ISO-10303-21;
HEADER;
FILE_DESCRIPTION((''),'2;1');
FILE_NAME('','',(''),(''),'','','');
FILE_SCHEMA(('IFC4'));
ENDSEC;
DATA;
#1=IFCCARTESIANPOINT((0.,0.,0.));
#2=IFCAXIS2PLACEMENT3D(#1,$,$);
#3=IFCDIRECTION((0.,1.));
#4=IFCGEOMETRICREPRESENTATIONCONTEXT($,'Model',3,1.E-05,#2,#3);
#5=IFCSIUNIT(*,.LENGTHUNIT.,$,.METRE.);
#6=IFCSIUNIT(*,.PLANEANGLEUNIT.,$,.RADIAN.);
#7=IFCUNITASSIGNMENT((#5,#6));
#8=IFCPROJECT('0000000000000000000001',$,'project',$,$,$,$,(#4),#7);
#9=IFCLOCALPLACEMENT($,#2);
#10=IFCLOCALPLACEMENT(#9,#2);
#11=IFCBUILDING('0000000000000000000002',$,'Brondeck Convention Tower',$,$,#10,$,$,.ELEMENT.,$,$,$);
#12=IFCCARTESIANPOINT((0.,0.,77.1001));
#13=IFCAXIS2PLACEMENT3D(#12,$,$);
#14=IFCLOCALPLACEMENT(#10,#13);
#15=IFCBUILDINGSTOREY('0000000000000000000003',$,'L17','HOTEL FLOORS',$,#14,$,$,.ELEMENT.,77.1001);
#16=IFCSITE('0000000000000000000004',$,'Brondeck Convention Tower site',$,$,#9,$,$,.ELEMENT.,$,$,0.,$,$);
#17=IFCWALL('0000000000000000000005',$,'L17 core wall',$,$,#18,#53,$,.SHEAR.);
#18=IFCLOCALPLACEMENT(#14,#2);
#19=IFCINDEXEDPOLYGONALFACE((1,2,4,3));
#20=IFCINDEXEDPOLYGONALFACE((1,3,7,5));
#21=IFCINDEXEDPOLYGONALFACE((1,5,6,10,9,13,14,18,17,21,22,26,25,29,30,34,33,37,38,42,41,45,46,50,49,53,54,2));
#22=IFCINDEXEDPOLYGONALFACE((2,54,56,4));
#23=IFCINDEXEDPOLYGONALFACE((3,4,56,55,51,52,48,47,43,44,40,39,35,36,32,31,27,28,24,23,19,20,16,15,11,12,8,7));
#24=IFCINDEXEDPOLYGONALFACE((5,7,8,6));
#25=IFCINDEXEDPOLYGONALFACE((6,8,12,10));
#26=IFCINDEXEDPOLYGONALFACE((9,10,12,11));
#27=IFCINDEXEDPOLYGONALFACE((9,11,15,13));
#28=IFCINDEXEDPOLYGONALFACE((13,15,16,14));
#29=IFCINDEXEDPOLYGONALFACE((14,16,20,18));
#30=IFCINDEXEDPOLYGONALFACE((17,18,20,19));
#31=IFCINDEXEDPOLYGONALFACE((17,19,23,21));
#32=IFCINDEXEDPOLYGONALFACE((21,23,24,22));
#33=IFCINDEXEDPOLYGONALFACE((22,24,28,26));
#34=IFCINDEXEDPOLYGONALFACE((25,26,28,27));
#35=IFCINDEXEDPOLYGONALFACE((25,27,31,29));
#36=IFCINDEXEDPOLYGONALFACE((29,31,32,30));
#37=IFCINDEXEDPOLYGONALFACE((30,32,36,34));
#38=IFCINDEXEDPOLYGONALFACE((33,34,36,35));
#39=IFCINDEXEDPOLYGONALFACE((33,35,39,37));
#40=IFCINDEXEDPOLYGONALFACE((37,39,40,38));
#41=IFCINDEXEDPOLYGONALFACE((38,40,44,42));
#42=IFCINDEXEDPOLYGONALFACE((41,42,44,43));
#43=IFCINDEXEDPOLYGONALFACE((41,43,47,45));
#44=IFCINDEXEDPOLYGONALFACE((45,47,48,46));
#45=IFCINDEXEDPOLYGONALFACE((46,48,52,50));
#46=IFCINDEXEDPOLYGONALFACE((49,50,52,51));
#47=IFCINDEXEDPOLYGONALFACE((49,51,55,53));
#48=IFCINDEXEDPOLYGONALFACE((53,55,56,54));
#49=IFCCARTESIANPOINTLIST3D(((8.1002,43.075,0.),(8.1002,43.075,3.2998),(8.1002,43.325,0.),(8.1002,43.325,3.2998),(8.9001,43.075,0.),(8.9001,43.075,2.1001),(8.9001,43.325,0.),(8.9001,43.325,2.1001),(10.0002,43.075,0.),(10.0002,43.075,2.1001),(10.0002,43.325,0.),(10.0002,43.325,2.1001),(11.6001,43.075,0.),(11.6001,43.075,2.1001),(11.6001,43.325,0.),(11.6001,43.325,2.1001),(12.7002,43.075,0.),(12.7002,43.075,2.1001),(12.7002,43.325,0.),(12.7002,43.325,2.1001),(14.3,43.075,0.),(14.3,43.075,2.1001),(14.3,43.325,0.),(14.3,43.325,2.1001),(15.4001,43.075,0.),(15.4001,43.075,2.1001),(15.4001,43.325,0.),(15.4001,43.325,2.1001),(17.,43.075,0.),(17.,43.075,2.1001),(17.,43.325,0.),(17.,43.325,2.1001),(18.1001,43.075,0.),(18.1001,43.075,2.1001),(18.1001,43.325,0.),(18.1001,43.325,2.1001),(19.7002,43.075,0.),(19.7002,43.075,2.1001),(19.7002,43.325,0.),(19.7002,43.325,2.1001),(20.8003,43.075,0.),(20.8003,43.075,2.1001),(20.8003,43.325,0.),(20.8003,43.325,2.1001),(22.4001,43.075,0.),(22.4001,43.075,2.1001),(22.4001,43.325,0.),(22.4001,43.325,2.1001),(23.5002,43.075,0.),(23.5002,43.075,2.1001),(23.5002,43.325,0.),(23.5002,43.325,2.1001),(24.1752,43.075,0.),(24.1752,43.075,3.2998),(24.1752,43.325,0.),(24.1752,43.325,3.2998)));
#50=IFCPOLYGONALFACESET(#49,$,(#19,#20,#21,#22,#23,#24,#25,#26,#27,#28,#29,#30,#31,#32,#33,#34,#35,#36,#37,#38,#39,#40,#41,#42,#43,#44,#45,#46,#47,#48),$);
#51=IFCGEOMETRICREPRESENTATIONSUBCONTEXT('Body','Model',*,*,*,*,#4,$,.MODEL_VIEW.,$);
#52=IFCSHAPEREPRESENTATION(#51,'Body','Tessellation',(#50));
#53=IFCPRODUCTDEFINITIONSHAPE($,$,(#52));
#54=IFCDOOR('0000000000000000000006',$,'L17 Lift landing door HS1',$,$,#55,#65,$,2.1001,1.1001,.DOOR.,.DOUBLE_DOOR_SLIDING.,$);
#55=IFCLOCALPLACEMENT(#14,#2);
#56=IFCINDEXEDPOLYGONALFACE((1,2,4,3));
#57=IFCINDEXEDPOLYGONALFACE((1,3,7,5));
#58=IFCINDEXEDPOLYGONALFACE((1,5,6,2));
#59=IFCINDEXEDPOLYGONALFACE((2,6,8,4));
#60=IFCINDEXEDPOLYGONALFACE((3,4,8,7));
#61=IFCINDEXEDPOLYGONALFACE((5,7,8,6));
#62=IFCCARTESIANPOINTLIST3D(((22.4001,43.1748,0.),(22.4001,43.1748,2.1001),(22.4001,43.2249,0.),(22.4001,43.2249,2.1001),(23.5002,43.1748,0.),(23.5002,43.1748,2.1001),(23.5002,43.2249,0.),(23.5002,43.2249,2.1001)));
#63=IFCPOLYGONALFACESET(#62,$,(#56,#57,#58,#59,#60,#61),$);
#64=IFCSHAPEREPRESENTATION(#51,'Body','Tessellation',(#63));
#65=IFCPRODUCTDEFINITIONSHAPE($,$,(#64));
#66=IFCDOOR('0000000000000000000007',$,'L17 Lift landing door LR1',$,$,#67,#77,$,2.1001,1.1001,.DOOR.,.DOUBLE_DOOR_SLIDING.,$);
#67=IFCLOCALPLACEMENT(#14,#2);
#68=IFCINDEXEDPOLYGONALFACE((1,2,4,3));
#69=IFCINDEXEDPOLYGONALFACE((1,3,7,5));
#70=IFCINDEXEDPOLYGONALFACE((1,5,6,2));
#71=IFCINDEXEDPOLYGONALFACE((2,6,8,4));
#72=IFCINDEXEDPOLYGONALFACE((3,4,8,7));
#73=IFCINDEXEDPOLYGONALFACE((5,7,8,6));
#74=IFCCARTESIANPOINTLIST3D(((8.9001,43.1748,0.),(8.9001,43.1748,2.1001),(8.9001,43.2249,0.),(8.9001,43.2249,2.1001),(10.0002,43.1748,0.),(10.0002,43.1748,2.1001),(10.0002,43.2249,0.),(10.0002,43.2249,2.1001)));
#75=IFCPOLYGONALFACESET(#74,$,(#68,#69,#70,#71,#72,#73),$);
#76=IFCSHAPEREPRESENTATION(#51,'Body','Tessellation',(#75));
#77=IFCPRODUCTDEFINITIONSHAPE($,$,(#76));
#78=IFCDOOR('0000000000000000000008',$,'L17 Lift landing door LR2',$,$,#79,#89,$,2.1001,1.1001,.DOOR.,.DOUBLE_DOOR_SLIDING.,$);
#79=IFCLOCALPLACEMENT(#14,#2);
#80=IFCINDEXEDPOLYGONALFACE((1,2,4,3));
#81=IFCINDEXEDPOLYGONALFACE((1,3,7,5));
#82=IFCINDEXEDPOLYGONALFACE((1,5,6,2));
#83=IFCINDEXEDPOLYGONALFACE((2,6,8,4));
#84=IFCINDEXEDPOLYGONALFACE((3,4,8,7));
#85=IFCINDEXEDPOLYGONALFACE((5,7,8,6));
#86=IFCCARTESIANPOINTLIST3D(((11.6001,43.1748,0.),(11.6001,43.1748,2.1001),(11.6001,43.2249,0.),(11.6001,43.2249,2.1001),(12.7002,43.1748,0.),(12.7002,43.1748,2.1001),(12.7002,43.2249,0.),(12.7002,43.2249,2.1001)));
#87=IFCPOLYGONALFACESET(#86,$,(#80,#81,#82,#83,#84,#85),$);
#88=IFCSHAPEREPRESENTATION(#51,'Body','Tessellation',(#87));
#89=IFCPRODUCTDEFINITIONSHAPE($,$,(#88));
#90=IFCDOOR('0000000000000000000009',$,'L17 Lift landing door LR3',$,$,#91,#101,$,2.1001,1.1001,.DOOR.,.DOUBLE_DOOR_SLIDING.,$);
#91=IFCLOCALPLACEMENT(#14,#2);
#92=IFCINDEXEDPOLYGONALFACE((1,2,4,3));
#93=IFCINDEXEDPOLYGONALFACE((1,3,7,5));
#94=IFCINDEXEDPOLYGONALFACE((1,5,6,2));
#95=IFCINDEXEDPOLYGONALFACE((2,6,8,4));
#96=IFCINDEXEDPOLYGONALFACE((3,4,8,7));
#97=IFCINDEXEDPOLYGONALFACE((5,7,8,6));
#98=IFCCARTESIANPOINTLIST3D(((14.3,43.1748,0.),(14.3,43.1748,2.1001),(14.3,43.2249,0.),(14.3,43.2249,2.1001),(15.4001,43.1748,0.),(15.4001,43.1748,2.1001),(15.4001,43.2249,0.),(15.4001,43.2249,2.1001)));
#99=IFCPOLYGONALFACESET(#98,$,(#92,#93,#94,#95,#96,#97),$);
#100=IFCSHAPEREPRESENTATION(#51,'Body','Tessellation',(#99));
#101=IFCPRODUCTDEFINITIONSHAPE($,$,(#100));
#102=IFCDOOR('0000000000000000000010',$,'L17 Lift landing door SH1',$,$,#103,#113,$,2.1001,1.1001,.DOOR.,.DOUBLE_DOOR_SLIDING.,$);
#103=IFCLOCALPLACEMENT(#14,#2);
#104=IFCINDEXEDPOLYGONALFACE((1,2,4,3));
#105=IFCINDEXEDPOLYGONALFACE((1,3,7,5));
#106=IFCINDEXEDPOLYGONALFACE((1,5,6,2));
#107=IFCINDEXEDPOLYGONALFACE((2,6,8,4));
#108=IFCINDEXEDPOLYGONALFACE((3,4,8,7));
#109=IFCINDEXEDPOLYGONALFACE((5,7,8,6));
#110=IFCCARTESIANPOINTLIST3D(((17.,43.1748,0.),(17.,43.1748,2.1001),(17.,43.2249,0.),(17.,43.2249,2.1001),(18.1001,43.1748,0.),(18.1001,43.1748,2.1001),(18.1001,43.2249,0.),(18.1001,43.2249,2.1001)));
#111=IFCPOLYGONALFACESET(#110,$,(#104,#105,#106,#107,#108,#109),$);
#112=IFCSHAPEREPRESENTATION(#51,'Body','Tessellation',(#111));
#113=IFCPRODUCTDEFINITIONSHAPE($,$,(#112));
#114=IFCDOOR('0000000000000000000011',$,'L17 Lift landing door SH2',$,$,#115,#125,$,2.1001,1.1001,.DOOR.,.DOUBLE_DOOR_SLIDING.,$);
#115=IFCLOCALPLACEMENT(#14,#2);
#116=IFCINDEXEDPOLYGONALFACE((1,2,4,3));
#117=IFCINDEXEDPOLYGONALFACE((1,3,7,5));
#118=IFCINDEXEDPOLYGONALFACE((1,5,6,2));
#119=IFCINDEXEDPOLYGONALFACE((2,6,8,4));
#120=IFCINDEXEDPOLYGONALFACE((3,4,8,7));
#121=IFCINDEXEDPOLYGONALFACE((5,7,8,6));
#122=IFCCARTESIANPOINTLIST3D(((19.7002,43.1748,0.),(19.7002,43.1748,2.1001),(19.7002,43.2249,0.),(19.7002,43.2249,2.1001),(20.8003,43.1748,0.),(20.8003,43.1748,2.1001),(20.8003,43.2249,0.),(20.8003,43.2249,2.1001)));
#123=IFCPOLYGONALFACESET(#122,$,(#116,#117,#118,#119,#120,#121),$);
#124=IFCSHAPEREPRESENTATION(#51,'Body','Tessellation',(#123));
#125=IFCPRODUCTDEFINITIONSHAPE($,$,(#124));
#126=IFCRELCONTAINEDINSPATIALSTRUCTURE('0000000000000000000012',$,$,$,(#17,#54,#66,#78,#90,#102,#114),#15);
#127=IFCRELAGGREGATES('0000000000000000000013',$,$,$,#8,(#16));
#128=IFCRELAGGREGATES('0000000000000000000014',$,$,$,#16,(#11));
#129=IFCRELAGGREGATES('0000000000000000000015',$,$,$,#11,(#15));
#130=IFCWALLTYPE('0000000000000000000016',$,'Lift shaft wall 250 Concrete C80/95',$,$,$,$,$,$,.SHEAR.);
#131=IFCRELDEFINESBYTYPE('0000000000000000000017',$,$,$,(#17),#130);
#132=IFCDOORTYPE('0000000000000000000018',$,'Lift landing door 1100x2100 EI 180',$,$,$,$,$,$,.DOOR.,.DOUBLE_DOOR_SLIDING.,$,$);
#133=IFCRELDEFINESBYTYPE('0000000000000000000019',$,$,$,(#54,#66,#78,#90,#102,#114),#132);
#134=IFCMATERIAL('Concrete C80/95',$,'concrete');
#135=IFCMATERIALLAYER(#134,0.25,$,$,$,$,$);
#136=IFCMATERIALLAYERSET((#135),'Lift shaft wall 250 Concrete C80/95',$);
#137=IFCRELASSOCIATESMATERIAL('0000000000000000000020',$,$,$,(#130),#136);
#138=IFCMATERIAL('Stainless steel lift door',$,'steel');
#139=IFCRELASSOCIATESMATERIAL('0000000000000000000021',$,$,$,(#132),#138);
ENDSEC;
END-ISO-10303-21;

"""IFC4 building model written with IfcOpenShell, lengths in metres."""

from ifc_helpers import new_model, si_unit, direction, frame, frame_2d, origin, place, context, subcontext, project, spatial, rectangle, extrude, material, layer, layer_set, type_object, element, fill, save


model = new_model("IFC4")

# Units and contexts
model_context = context("Model", 3, precision=1e-05, world=origin(), true_north=direction((0.0, 1.0)))
body_context = subcontext(model_context, "Body", "Model", "MODEL_VIEW")
ifc_project = project(units=[si_unit("LENGTHUNIT", "METRE"), si_unit("PLANEANGLEUNIT", "RADIAN")], contexts=[model_context])

# Site, building, storey
site_placement = place(None, origin())
site = spatial("IfcSite", under=ifc_project, at=site_placement, Name="Brondeck Convention Tower site", CompositionType="ELEMENT", RefElevation=0.0)
building_placement = place(site_placement, origin())
building = spatial("IfcBuilding", under=site, at=building_placement, Name="Brondeck Convention Tower", CompositionType="ELEMENT")
storey_placement = place(building_placement, frame((0.0, 0.0, 77.1001)))
storey = spatial("IfcBuildingStorey", under=building, at=storey_placement, Name="L17", Description="HOTEL FLOORS", CompositionType="ELEMENT", Elevation=77.1001)

# Shared definitions
ifc_material_1 = material(Name="Concrete C80/95", Category="concrete")

# Wall, openings, doors
ifc_layer_1 = layer(ifc_material_1, 0.25)
ifc_layer_set_1 = layer_set([ifc_layer_1], Name="Lift shaft wall 250 Concrete C80/95")
wall_type_1 = type_object("IfcWallType", Name="Lift shaft wall 250 Concrete C80/95", PredefinedType="SHEAR", material=ifc_layer_set_1)
wall_1_placement = place(storey_placement, frame((8.1001, 43.2, 0.0), z_axis=(0.0, 0.0, 1.0), x_axis=(1.0, 0.0, 0.0)))
wall_1 = element("IfcWall", 1, at=wall_1_placement, inside=storey, type_object=wall_type_1, Name="L17 core wall", PredefinedType="SHEAR", context=body_context, shape_type="SweptSolid", body=[
    extrude(rectangle(XDim=16.075, YDim=0.25, at=frame_2d((8.0376, 0.0))), origin(), (0.0, 0.0, 1.0), 3.2998),
])
opening_1_placement = place(wall_1_placement, frame((14.3, 0.0, 0.0)))
opening_1 = element("IfcOpeningElement", 2, at=opening_1_placement, cuts=wall_1, PredefinedType="OPENING", context=body_context, shape_type="SweptSolid", body=[
    extrude(rectangle(XDim=1.1001, YDim=2.1001, at=frame_2d((0.55, 1.05))), frame((0.0, 0.135, 0.0), z_axis=(0.0, -1.0, 0.0), x_axis=(1.0, 0.0, 0.0)), (0.0, 0.0, 1.0), 0.27),
])
opening_2_placement = place(wall_1_placement, frame((0.8, 0.0, 0.0)))
opening_2 = element("IfcOpeningElement", 3, at=opening_2_placement, cuts=wall_1, PredefinedType="OPENING", context=body_context, shape_type="SweptSolid", body=[
    extrude(rectangle(XDim=1.1001, YDim=2.1001, at=frame_2d((0.55, 1.05))), frame((0.0, 0.135, 0.0), z_axis=(0.0, -1.0, 0.0), x_axis=(1.0, 0.0, 0.0)), (0.0, 0.0, 1.0), 0.27),
])
opening_3_placement = place(wall_1_placement, frame((3.5, 0.0, 0.0)))
opening_3 = element("IfcOpeningElement", 4, at=opening_3_placement, cuts=wall_1, PredefinedType="OPENING", context=body_context, shape_type="SweptSolid", body=[
    extrude(rectangle(XDim=1.1001, YDim=2.1001, at=frame_2d((0.55, 1.05))), frame((0.0, 0.135, 0.0), z_axis=(0.0, -1.0, 0.0), x_axis=(1.0, 0.0, 0.0)), (0.0, 0.0, 1.0), 0.27),
])
opening_4_placement = place(wall_1_placement, frame((6.2, 0.0, 0.0)))
opening_4 = element("IfcOpeningElement", 5, at=opening_4_placement, cuts=wall_1, PredefinedType="OPENING", context=body_context, shape_type="SweptSolid", body=[
    extrude(rectangle(XDim=1.1001, YDim=2.1001, at=frame_2d((0.55, 1.05))), frame((0.0, 0.135, 0.0), z_axis=(0.0, -1.0, 0.0), x_axis=(1.0, 0.0, 0.0)), (0.0, 0.0, 1.0), 0.27),
])
opening_5_placement = place(wall_1_placement, frame((8.8999, 0.0, 0.0)))
opening_5 = element("IfcOpeningElement", 6, at=opening_5_placement, cuts=wall_1, PredefinedType="OPENING", context=body_context, shape_type="SweptSolid", body=[
    extrude(rectangle(XDim=1.1001, YDim=2.1001, at=frame_2d((0.55, 1.05))), frame((0.0, 0.135, 0.0), z_axis=(0.0, -1.0, 0.0), x_axis=(1.0, 0.0, 0.0)), (0.0, 0.0, 1.0), 0.27),
])
opening_6_placement = place(wall_1_placement, frame((11.6001, 0.0, 0.0)))
opening_6 = element("IfcOpeningElement", 7, at=opening_6_placement, cuts=wall_1, PredefinedType="OPENING", context=body_context, shape_type="SweptSolid", body=[
    extrude(rectangle(XDim=1.1001, YDim=2.1001, at=frame_2d((0.55, 1.05))), frame((0.0, 0.135, 0.0), z_axis=(0.0, -1.0, 0.0), x_axis=(1.0, 0.0, 0.0)), (0.0, 0.0, 1.0), 0.27),
])
ifc_material_2 = material(Name="Stainless steel lift door", Category="steel")
door_type_1 = type_object("IfcDoorType", Name="Lift landing door 1100x2100 EI 180", OperationType="DOUBLE_DOOR_SLIDING", PredefinedType="DOOR", material=ifc_material_2)
door_1_placement = place(opening_1_placement, origin())
door_1 = element("IfcDoor", 8, at=door_1_placement, inside=storey, type_object=door_type_1, Name="L17 Lift landing door HS1", OperationType="DOUBLE_DOOR_SLIDING", OverallHeight=2.1001, OverallWidth=1.1001, PredefinedType="DOOR", context=body_context, shape_type="SweptSolid", body=[
    extrude(rectangle(XDim=1.1001, YDim=2.1001, at=frame_2d((0.55, 1.05))), frame((0.0, 0.0249, 0.0), z_axis=(0.0, -1.0, 0.0), x_axis=(1.0, 0.0, 0.0)), (0.0, 0.0, 1.0), 0.05),
])
fill(opening_1, door_1)
door_2_placement = place(opening_2_placement, origin())
door_2 = element("IfcDoor", 9, at=door_2_placement, inside=storey, type_object=door_type_1, Name="L17 Lift landing door LR1", OperationType="DOUBLE_DOOR_SLIDING", OverallHeight=2.1001, OverallWidth=1.1001, PredefinedType="DOOR", context=body_context, shape_type="SweptSolid", body=[
    extrude(rectangle(XDim=1.1001, YDim=2.1001, at=frame_2d((0.55, 1.05))), frame((0.0, 0.0249, 0.0), z_axis=(0.0, -1.0, 0.0), x_axis=(1.0, 0.0, 0.0)), (0.0, 0.0, 1.0), 0.05),
])
fill(opening_2, door_2)
door_3_placement = place(opening_3_placement, origin())
door_3 = element("IfcDoor", 10, at=door_3_placement, inside=storey, type_object=door_type_1, Name="L17 Lift landing door LR2", OperationType="DOUBLE_DOOR_SLIDING", OverallHeight=2.1001, OverallWidth=1.1001, PredefinedType="DOOR", context=body_context, shape_type="SweptSolid", body=[
    extrude(rectangle(XDim=1.1001, YDim=2.1001, at=frame_2d((0.55, 1.05))), frame((0.0, 0.0249, 0.0), z_axis=(0.0, -1.0, 0.0), x_axis=(1.0, 0.0, 0.0)), (0.0, 0.0, 1.0), 0.05),
])
fill(opening_3, door_3)
door_4_placement = place(opening_4_placement, origin())
door_4 = element("IfcDoor", 11, at=door_4_placement, inside=storey, type_object=door_type_1, Name="L17 Lift landing door LR3", OperationType="DOUBLE_DOOR_SLIDING", OverallHeight=2.1001, OverallWidth=1.1001, PredefinedType="DOOR", context=body_context, shape_type="SweptSolid", body=[
    extrude(rectangle(XDim=1.1001, YDim=2.1001, at=frame_2d((0.55, 1.05))), frame((0.0, 0.0249, 0.0), z_axis=(0.0, -1.0, 0.0), x_axis=(1.0, 0.0, 0.0)), (0.0, 0.0, 1.0), 0.05),
])
fill(opening_4, door_4)
door_5_placement = place(opening_5_placement, origin())
door_5 = element("IfcDoor", 12, at=door_5_placement, inside=storey, type_object=door_type_1, Name="L17 Lift landing door SH1", OperationType="DOUBLE_DOOR_SLIDING", OverallHeight=2.1001, OverallWidth=1.1001, PredefinedType="DOOR", context=body_context, shape_type="SweptSolid", body=[
    extrude(rectangle(XDim=1.1001, YDim=2.1001, at=frame_2d((0.55, 1.05))), frame((0.0, 0.0249, 0.0), z_axis=(0.0, -1.0, 0.0), x_axis=(1.0, 0.0, 0.0)), (0.0, 0.0, 1.0), 0.05),
])
fill(opening_5, door_5)
door_6_placement = place(opening_6_placement, origin())
door_6 = element("IfcDoor", 13, at=door_6_placement, inside=storey, type_object=door_type_1, Name="L17 Lift landing door SH2", OperationType="DOUBLE_DOOR_SLIDING", OverallHeight=2.1001, OverallWidth=1.1001, PredefinedType="DOOR", context=body_context, shape_type="SweptSolid", body=[
    extrude(rectangle(XDim=1.1001, YDim=2.1001, at=frame_2d((0.55, 1.05))), frame((0.0, 0.0249, 0.0), z_axis=(0.0, -1.0, 0.0), x_axis=(1.0, 0.0, 0.0)), (0.0, 0.0, 1.0), 0.05),
])
fill(opening_6, door_6)

save(model, "model.ifc")
